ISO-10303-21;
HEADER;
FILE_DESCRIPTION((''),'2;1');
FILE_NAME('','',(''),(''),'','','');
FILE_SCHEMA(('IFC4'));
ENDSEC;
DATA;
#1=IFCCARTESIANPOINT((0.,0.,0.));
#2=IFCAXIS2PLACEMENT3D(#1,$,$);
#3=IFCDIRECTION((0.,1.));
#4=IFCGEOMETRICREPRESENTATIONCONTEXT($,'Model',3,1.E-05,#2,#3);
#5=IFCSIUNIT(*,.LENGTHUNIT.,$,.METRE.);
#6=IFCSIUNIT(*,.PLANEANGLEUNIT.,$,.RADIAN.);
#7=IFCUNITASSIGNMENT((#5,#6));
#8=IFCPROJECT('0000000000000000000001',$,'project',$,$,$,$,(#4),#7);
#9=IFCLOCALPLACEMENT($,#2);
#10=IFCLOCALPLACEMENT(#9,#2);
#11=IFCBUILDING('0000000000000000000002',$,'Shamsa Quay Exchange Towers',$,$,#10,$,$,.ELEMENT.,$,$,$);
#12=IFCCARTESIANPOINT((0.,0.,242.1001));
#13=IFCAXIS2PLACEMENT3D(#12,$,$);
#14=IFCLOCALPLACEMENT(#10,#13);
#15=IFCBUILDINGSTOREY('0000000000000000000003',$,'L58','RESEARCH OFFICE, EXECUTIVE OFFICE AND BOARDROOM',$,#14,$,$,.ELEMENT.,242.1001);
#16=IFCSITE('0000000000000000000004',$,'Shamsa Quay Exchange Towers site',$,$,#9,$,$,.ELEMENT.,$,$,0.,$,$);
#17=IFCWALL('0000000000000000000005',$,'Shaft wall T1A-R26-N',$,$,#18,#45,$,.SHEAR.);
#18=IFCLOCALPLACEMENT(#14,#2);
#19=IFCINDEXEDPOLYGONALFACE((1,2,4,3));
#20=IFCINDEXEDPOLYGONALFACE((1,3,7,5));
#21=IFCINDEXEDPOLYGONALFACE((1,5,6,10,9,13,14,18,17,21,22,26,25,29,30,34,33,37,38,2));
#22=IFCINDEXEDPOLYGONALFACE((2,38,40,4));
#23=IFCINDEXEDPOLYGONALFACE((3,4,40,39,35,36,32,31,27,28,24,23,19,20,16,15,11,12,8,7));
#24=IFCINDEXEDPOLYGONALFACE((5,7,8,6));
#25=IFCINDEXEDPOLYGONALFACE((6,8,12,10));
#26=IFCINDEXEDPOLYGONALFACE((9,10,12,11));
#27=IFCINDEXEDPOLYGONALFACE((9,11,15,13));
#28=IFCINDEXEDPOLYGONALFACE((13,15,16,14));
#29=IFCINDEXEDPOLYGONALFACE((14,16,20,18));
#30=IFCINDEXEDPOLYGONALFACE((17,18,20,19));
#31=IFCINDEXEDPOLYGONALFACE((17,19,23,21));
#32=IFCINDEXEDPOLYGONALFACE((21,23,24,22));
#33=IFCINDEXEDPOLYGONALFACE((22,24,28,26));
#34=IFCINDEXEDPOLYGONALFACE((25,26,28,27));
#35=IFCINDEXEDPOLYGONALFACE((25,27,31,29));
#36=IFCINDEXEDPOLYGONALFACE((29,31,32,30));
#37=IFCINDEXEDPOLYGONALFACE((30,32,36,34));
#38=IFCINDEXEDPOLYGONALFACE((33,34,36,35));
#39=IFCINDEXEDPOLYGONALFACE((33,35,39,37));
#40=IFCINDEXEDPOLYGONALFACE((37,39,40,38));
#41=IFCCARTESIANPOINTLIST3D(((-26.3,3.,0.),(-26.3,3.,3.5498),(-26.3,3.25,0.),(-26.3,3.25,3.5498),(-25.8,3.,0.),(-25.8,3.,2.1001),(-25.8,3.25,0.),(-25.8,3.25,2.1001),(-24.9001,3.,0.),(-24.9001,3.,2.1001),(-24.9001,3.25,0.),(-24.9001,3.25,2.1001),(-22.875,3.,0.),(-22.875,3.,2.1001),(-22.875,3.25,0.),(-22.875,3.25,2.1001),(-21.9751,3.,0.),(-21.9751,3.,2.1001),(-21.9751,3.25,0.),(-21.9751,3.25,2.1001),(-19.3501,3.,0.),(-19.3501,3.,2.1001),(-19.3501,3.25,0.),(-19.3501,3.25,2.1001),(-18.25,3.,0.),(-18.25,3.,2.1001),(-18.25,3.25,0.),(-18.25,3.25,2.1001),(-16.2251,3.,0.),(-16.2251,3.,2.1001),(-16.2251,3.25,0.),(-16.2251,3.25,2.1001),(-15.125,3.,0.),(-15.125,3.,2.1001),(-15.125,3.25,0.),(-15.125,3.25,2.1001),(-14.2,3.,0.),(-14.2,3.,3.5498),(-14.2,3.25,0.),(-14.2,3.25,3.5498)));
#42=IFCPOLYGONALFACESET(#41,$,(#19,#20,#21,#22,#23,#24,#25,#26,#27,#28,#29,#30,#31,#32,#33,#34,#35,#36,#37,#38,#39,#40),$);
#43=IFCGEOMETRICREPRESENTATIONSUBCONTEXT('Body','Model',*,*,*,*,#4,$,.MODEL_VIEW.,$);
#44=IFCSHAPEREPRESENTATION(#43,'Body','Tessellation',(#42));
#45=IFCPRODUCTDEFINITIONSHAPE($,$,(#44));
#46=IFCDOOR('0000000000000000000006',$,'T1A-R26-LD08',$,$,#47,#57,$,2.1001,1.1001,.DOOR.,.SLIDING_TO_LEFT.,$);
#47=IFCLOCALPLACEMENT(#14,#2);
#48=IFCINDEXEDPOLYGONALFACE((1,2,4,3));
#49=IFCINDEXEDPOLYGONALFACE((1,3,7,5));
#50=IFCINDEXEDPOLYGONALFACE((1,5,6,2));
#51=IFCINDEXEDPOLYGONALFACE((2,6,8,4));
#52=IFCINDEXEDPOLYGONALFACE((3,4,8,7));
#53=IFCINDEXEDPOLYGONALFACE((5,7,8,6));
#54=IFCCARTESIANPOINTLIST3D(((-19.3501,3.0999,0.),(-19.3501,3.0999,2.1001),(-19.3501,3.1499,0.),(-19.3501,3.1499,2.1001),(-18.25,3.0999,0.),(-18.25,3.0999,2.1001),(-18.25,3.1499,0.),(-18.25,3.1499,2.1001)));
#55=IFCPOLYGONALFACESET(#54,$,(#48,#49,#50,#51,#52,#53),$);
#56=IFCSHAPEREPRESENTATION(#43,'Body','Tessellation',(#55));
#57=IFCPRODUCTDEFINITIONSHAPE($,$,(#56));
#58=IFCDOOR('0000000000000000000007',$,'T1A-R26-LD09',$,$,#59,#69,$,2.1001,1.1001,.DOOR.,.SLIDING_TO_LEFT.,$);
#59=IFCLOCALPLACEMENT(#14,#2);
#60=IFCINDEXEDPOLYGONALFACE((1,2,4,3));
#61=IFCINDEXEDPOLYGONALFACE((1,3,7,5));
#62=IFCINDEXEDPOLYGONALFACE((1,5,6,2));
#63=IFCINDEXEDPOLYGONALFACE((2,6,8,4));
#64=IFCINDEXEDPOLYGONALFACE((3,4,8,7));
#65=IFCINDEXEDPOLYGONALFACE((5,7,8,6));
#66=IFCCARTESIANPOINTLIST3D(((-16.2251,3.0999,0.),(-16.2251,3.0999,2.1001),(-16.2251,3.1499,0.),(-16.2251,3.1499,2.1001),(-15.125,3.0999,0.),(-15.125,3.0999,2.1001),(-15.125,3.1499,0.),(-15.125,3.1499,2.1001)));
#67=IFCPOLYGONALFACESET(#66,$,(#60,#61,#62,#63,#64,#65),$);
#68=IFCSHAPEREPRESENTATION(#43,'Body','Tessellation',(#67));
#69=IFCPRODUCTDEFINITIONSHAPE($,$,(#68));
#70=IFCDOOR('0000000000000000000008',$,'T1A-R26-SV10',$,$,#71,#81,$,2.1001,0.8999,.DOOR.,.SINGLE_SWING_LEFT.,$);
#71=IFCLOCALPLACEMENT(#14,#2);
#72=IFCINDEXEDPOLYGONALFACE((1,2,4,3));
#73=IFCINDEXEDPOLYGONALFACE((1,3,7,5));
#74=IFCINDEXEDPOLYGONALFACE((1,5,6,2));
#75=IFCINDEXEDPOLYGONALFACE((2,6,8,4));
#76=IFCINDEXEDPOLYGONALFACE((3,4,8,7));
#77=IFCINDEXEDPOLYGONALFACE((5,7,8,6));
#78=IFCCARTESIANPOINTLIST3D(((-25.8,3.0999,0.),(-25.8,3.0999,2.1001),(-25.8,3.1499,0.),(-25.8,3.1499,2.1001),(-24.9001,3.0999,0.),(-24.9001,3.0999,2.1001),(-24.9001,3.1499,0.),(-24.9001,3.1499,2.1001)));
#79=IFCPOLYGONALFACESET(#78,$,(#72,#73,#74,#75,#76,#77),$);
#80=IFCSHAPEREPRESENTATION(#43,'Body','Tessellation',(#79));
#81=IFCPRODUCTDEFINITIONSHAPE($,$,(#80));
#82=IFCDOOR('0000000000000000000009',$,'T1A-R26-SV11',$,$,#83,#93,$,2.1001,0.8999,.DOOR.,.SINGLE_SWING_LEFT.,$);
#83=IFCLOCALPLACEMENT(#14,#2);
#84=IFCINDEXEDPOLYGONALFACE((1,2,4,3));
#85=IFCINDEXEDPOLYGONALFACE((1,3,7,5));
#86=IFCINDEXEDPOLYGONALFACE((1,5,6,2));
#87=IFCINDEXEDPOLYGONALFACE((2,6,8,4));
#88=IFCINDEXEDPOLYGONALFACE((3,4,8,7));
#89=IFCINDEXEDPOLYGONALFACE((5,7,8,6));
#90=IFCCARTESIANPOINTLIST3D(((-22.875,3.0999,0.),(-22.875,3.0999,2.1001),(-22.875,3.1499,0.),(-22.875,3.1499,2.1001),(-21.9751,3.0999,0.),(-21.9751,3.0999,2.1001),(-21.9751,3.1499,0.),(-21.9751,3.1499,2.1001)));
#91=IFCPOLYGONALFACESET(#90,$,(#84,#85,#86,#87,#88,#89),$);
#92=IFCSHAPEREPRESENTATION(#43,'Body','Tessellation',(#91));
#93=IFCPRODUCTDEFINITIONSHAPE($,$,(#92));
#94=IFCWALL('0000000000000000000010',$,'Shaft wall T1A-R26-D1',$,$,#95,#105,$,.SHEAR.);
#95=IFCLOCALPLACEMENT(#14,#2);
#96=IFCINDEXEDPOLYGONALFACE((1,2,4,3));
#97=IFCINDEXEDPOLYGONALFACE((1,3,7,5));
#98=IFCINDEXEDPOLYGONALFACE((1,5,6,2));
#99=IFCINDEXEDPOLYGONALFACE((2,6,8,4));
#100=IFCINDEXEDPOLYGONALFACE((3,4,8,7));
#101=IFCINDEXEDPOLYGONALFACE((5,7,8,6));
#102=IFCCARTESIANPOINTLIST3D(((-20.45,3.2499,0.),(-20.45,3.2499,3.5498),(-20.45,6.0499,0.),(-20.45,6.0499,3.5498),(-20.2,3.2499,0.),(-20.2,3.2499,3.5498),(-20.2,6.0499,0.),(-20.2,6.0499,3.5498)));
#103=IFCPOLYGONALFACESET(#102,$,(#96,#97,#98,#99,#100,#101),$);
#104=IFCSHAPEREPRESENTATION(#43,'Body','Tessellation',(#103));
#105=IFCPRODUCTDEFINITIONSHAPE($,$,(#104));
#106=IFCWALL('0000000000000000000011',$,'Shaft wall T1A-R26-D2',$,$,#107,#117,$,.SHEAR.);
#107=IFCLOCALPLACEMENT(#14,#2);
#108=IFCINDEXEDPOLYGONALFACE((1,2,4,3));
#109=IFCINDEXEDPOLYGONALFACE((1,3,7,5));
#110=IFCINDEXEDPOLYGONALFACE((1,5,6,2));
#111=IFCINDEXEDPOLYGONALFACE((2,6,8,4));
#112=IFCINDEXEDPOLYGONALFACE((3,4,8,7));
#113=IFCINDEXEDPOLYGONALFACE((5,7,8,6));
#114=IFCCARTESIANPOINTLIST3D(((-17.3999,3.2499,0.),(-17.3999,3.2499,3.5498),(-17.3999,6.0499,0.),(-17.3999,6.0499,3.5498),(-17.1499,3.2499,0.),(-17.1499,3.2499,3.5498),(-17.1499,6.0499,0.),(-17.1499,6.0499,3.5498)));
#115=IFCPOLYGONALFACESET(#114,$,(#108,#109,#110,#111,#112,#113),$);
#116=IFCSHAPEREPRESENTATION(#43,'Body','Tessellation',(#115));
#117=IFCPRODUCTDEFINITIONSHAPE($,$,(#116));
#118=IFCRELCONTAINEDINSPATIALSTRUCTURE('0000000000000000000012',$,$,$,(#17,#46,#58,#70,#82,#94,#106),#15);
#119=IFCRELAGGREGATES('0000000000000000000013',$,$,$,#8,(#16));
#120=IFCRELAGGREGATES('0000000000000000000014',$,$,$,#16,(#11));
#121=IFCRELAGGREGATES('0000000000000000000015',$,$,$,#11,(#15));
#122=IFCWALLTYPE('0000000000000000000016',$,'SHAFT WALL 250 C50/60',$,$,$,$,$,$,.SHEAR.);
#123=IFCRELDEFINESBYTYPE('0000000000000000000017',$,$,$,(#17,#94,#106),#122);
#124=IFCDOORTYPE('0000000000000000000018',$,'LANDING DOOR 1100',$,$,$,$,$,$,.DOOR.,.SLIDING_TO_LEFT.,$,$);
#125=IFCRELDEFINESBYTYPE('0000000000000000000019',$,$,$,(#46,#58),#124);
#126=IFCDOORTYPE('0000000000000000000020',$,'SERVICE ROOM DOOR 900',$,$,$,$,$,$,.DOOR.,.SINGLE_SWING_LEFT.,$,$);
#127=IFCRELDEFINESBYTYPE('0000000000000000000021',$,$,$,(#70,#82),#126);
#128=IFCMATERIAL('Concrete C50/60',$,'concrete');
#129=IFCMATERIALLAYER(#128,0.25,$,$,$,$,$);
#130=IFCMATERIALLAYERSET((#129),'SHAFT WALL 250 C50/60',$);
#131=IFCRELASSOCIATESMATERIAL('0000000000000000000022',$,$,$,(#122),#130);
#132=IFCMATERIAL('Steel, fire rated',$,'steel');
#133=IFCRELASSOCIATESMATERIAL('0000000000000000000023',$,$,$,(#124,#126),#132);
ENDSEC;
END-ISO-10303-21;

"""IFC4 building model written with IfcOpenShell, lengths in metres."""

from ifc_helpers import new_model, si_unit, direction, frame, frame_2d, origin, place, context, subcontext, project, spatial, rectangle, extrude, material, layer, layer_set, type_object, element, fill, save


model = new_model("IFC4")

# Units and contexts
model_context = context("Model", 3, precision=1e-05, world=origin(), true_north=direction((0.0, 1.0)))
body_context = subcontext(model_context, "Body", "Model", "MODEL_VIEW")
ifc_project = project(units=[si_unit("LENGTHUNIT", "METRE"), si_unit("PLANEANGLEUNIT", "RADIAN")], contexts=[model_context])

# Site, building, storey
site_placement = place(None, origin())
site = spatial("IfcSite", under=ifc_project, at=site_placement, Name="Shamsa Quay Exchange Towers site", CompositionType="ELEMENT", RefElevation=0.0)
building_placement = place(site_placement, origin())
building = spatial("IfcBuilding", under=site, at=building_placement, Name="Shamsa Quay Exchange Towers", CompositionType="ELEMENT")
storey_placement = place(building_placement, frame((0.0, 0.0, 242.1001)))
storey = spatial("IfcBuildingStorey", under=building, at=storey_placement, Name="L58", Description="RESEARCH OFFICE, EXECUTIVE OFFICE AND BOARDROOM", CompositionType="ELEMENT", Elevation=242.1001)

# Shared definitions
ifc_material_1 = material(Name="Steel, fire rated", Category="steel")

# Wall, openings, doors
ifc_material_2 = material(Name="Concrete C50/60", Category="concrete")
ifc_layer_1 = layer(ifc_material_2, 0.25)
ifc_layer_set_1 = layer_set([ifc_layer_1], Name="SHAFT WALL 250 C50/60")
wall_type_1 = type_object("IfcWallType", Name="SHAFT WALL 250 C50/60", PredefinedType="SHEAR", material=ifc_layer_set_1)
wall_1_placement = place(storey_placement, frame((-26.3, 3.125, 0.0)))
wall_1 = element("IfcWall", 1, at=wall_1_placement, inside=storey, type_object=wall_type_1, Name="Shaft wall T1A-R26-N", PredefinedType="SHEAR", context=body_context, shape_type="SweptSolid", body=[
    extrude(rectangle(XDim=12.1001, YDim=0.25, at=frame_2d((6.05, 0.0))), origin(), (0.0, 0.0, 1.0), 3.5498),
])
opening_1_placement = place(wall_1_placement, frame((6.95, 0.0, 0.0)))
opening_1 = element("IfcOpeningElement", 2, at=opening_1_placement, cuts=wall_1, PredefinedType="OPENING", context=body_context, shape_type="SweptSolid", body=[
    extrude(rectangle(XDim=1.1001, YDim=2.1001, at=frame_2d((0.55, 1.05))), frame((0.0, 0.135, 0.0), z_axis=(0.0, -1.0, 0.0), x_axis=(1.0, 0.0, 0.0)), (0.0, 0.0, 1.0), 0.27),
])
opening_2_placement = place(wall_1_placement, frame((10.075, 0.0, 0.0)))
opening_2 = element("IfcOpeningElement", 3, at=opening_2_placement, cuts=wall_1, PredefinedType="OPENING", context=body_context, shape_type="SweptSolid", body=[
    extrude(rectangle(XDim=1.1001, YDim=2.1001, at=frame_2d((0.55, 1.05))), frame((0.0, 0.135, 0.0), z_axis=(0.0, -1.0, 0.0), x_axis=(1.0, 0.0, 0.0)), (0.0, 0.0, 1.0), 0.27),
])
opening_3_placement = place(wall_1_placement, frame((0.5, 0.0, 0.0)))
opening_3 = element("IfcOpeningElement", 4, at=opening_3_placement, cuts=wall_1, PredefinedType="OPENING", context=body_context, shape_type="SweptSolid", body=[
    extrude(rectangle(XDim=0.8999, YDim=2.1001, at=frame_2d((0.45, 1.05))), frame((0.0, 0.135, 0.0), z_axis=(0.0, -1.0, 0.0), x_axis=(1.0, 0.0, 0.0)), (0.0, 0.0, 1.0), 0.27),
])
opening_4_placement = place(wall_1_placement, frame((3.425, 0.0, 0.0)))
opening_4 = element("IfcOpeningElement", 5, at=opening_4_placement, cuts=wall_1, PredefinedType="OPENING", context=body_context, shape_type="SweptSolid", body=[
    extrude(rectangle(XDim=0.8999, YDim=2.1001, at=frame_2d((0.45, 1.05))), frame((0.0, 0.135, 0.0), z_axis=(0.0, -1.0, 0.0), x_axis=(1.0, 0.0, 0.0)), (0.0, 0.0, 1.0), 0.27),
])
door_type_1 = type_object("IfcDoorType", Name="LANDING DOOR 1100", OperationType="SLIDING_TO_LEFT", PredefinedType="DOOR", material=ifc_material_1)
door_1_placement = place(opening_1_placement, origin())
door_1 = element("IfcDoor", 6, at=door_1_placement, inside=storey, type_object=door_type_1, Name="T1A-R26-LD08", OperationType="SLIDING_TO_LEFT", OverallHeight=2.1001, OverallWidth=1.1001, PredefinedType="DOOR", context=body_context, shape_type="SweptSolid", body=[
    extrude(rectangle(XDim=1.1001, YDim=2.1001, at=frame_2d((0.55, 1.05))), frame((0.0, 0.0249, 0.0), z_axis=(0.0, -1.0, 0.0), x_axis=(1.0, 0.0, 0.0)), (0.0, 0.0, 1.0), 0.05),
])
fill(opening_1, door_1)
door_2_placement = place(opening_2_placement, origin())
door_2 = element("IfcDoor", 7, at=door_2_placement, inside=storey, type_object=door_type_1, Name="T1A-R26-LD09", OperationType="SLIDING_TO_LEFT", OverallHeight=2.1001, OverallWidth=1.1001, PredefinedType="DOOR", context=body_context, shape_type="SweptSolid", body=[
    extrude(rectangle(XDim=1.1001, YDim=2.1001, at=frame_2d((0.55, 1.05))), frame((0.0, 0.0249, 0.0), z_axis=(0.0, -1.0, 0.0), x_axis=(1.0, 0.0, 0.0)), (0.0, 0.0, 1.0), 0.05),
])
fill(opening_2, door_2)
door_type_2 = type_object("IfcDoorType", Name="SERVICE ROOM DOOR 900", OperationType="SINGLE_SWING_LEFT", PredefinedType="DOOR", material=ifc_material_1)
door_3_placement = place(opening_3_placement, origin())
door_3 = element("IfcDoor", 8, at=door_3_placement, inside=storey, type_object=door_type_2, Name="T1A-R26-SV10", OperationType="SINGLE_SWING_LEFT", OverallHeight=2.1001, OverallWidth=0.8999, PredefinedType="DOOR", context=body_context, shape_type="SweptSolid", body=[
    extrude(rectangle(XDim=0.8999, YDim=2.1001, at=frame_2d((0.45, 1.05))), frame((0.0, 0.0249, 0.0), z_axis=(0.0, -1.0, 0.0), x_axis=(1.0, 0.0, 0.0)), (0.0, 0.0, 1.0), 0.05),
])
fill(opening_3, door_3)
door_4_placement = place(opening_4_placement, origin())
door_4 = element("IfcDoor", 9, at=door_4_placement, inside=storey, type_object=door_type_2, Name="T1A-R26-SV11", OperationType="SINGLE_SWING_LEFT", OverallHeight=2.1001, OverallWidth=0.8999, PredefinedType="DOOR", context=body_context, shape_type="SweptSolid", body=[
    extrude(rectangle(XDim=0.8999, YDim=2.1001, at=frame_2d((0.45, 1.05))), frame((0.0, 0.0249, 0.0), z_axis=(0.0, -1.0, 0.0), x_axis=(1.0, 0.0, 0.0)), (0.0, 0.0, 1.0), 0.05),
])
fill(opening_4, door_4)

# Walls
for number, where, z_axis, x_axis, name in (
    (10, (-20.325, 3.25, 0.0), (0.0, 0.0, 1.0), (0.0, 1.0, 0.0), "Shaft wall T1A-R26-D1"),
    (11, (-17.2749, 3.25, 0.0), (0.0, 0.0, 1.0), (0.0, 1.0, 0.0), "Shaft wall T1A-R26-D2"),
):
    element("IfcWall", number, at=place(storey_placement, frame(where, z_axis=z_axis, x_axis=x_axis)), inside=storey, type_object=wall_type_1, Name=name, PredefinedType="SHEAR", context=body_context, shape_type="SweptSolid", body=[
        extrude(rectangle(XDim=2.8, YDim=0.25, at=frame_2d((1.3999, 0.0))), origin(), (0.0, 0.0, 1.0), 3.5498),
    ])

save(model, "model.ifc")
